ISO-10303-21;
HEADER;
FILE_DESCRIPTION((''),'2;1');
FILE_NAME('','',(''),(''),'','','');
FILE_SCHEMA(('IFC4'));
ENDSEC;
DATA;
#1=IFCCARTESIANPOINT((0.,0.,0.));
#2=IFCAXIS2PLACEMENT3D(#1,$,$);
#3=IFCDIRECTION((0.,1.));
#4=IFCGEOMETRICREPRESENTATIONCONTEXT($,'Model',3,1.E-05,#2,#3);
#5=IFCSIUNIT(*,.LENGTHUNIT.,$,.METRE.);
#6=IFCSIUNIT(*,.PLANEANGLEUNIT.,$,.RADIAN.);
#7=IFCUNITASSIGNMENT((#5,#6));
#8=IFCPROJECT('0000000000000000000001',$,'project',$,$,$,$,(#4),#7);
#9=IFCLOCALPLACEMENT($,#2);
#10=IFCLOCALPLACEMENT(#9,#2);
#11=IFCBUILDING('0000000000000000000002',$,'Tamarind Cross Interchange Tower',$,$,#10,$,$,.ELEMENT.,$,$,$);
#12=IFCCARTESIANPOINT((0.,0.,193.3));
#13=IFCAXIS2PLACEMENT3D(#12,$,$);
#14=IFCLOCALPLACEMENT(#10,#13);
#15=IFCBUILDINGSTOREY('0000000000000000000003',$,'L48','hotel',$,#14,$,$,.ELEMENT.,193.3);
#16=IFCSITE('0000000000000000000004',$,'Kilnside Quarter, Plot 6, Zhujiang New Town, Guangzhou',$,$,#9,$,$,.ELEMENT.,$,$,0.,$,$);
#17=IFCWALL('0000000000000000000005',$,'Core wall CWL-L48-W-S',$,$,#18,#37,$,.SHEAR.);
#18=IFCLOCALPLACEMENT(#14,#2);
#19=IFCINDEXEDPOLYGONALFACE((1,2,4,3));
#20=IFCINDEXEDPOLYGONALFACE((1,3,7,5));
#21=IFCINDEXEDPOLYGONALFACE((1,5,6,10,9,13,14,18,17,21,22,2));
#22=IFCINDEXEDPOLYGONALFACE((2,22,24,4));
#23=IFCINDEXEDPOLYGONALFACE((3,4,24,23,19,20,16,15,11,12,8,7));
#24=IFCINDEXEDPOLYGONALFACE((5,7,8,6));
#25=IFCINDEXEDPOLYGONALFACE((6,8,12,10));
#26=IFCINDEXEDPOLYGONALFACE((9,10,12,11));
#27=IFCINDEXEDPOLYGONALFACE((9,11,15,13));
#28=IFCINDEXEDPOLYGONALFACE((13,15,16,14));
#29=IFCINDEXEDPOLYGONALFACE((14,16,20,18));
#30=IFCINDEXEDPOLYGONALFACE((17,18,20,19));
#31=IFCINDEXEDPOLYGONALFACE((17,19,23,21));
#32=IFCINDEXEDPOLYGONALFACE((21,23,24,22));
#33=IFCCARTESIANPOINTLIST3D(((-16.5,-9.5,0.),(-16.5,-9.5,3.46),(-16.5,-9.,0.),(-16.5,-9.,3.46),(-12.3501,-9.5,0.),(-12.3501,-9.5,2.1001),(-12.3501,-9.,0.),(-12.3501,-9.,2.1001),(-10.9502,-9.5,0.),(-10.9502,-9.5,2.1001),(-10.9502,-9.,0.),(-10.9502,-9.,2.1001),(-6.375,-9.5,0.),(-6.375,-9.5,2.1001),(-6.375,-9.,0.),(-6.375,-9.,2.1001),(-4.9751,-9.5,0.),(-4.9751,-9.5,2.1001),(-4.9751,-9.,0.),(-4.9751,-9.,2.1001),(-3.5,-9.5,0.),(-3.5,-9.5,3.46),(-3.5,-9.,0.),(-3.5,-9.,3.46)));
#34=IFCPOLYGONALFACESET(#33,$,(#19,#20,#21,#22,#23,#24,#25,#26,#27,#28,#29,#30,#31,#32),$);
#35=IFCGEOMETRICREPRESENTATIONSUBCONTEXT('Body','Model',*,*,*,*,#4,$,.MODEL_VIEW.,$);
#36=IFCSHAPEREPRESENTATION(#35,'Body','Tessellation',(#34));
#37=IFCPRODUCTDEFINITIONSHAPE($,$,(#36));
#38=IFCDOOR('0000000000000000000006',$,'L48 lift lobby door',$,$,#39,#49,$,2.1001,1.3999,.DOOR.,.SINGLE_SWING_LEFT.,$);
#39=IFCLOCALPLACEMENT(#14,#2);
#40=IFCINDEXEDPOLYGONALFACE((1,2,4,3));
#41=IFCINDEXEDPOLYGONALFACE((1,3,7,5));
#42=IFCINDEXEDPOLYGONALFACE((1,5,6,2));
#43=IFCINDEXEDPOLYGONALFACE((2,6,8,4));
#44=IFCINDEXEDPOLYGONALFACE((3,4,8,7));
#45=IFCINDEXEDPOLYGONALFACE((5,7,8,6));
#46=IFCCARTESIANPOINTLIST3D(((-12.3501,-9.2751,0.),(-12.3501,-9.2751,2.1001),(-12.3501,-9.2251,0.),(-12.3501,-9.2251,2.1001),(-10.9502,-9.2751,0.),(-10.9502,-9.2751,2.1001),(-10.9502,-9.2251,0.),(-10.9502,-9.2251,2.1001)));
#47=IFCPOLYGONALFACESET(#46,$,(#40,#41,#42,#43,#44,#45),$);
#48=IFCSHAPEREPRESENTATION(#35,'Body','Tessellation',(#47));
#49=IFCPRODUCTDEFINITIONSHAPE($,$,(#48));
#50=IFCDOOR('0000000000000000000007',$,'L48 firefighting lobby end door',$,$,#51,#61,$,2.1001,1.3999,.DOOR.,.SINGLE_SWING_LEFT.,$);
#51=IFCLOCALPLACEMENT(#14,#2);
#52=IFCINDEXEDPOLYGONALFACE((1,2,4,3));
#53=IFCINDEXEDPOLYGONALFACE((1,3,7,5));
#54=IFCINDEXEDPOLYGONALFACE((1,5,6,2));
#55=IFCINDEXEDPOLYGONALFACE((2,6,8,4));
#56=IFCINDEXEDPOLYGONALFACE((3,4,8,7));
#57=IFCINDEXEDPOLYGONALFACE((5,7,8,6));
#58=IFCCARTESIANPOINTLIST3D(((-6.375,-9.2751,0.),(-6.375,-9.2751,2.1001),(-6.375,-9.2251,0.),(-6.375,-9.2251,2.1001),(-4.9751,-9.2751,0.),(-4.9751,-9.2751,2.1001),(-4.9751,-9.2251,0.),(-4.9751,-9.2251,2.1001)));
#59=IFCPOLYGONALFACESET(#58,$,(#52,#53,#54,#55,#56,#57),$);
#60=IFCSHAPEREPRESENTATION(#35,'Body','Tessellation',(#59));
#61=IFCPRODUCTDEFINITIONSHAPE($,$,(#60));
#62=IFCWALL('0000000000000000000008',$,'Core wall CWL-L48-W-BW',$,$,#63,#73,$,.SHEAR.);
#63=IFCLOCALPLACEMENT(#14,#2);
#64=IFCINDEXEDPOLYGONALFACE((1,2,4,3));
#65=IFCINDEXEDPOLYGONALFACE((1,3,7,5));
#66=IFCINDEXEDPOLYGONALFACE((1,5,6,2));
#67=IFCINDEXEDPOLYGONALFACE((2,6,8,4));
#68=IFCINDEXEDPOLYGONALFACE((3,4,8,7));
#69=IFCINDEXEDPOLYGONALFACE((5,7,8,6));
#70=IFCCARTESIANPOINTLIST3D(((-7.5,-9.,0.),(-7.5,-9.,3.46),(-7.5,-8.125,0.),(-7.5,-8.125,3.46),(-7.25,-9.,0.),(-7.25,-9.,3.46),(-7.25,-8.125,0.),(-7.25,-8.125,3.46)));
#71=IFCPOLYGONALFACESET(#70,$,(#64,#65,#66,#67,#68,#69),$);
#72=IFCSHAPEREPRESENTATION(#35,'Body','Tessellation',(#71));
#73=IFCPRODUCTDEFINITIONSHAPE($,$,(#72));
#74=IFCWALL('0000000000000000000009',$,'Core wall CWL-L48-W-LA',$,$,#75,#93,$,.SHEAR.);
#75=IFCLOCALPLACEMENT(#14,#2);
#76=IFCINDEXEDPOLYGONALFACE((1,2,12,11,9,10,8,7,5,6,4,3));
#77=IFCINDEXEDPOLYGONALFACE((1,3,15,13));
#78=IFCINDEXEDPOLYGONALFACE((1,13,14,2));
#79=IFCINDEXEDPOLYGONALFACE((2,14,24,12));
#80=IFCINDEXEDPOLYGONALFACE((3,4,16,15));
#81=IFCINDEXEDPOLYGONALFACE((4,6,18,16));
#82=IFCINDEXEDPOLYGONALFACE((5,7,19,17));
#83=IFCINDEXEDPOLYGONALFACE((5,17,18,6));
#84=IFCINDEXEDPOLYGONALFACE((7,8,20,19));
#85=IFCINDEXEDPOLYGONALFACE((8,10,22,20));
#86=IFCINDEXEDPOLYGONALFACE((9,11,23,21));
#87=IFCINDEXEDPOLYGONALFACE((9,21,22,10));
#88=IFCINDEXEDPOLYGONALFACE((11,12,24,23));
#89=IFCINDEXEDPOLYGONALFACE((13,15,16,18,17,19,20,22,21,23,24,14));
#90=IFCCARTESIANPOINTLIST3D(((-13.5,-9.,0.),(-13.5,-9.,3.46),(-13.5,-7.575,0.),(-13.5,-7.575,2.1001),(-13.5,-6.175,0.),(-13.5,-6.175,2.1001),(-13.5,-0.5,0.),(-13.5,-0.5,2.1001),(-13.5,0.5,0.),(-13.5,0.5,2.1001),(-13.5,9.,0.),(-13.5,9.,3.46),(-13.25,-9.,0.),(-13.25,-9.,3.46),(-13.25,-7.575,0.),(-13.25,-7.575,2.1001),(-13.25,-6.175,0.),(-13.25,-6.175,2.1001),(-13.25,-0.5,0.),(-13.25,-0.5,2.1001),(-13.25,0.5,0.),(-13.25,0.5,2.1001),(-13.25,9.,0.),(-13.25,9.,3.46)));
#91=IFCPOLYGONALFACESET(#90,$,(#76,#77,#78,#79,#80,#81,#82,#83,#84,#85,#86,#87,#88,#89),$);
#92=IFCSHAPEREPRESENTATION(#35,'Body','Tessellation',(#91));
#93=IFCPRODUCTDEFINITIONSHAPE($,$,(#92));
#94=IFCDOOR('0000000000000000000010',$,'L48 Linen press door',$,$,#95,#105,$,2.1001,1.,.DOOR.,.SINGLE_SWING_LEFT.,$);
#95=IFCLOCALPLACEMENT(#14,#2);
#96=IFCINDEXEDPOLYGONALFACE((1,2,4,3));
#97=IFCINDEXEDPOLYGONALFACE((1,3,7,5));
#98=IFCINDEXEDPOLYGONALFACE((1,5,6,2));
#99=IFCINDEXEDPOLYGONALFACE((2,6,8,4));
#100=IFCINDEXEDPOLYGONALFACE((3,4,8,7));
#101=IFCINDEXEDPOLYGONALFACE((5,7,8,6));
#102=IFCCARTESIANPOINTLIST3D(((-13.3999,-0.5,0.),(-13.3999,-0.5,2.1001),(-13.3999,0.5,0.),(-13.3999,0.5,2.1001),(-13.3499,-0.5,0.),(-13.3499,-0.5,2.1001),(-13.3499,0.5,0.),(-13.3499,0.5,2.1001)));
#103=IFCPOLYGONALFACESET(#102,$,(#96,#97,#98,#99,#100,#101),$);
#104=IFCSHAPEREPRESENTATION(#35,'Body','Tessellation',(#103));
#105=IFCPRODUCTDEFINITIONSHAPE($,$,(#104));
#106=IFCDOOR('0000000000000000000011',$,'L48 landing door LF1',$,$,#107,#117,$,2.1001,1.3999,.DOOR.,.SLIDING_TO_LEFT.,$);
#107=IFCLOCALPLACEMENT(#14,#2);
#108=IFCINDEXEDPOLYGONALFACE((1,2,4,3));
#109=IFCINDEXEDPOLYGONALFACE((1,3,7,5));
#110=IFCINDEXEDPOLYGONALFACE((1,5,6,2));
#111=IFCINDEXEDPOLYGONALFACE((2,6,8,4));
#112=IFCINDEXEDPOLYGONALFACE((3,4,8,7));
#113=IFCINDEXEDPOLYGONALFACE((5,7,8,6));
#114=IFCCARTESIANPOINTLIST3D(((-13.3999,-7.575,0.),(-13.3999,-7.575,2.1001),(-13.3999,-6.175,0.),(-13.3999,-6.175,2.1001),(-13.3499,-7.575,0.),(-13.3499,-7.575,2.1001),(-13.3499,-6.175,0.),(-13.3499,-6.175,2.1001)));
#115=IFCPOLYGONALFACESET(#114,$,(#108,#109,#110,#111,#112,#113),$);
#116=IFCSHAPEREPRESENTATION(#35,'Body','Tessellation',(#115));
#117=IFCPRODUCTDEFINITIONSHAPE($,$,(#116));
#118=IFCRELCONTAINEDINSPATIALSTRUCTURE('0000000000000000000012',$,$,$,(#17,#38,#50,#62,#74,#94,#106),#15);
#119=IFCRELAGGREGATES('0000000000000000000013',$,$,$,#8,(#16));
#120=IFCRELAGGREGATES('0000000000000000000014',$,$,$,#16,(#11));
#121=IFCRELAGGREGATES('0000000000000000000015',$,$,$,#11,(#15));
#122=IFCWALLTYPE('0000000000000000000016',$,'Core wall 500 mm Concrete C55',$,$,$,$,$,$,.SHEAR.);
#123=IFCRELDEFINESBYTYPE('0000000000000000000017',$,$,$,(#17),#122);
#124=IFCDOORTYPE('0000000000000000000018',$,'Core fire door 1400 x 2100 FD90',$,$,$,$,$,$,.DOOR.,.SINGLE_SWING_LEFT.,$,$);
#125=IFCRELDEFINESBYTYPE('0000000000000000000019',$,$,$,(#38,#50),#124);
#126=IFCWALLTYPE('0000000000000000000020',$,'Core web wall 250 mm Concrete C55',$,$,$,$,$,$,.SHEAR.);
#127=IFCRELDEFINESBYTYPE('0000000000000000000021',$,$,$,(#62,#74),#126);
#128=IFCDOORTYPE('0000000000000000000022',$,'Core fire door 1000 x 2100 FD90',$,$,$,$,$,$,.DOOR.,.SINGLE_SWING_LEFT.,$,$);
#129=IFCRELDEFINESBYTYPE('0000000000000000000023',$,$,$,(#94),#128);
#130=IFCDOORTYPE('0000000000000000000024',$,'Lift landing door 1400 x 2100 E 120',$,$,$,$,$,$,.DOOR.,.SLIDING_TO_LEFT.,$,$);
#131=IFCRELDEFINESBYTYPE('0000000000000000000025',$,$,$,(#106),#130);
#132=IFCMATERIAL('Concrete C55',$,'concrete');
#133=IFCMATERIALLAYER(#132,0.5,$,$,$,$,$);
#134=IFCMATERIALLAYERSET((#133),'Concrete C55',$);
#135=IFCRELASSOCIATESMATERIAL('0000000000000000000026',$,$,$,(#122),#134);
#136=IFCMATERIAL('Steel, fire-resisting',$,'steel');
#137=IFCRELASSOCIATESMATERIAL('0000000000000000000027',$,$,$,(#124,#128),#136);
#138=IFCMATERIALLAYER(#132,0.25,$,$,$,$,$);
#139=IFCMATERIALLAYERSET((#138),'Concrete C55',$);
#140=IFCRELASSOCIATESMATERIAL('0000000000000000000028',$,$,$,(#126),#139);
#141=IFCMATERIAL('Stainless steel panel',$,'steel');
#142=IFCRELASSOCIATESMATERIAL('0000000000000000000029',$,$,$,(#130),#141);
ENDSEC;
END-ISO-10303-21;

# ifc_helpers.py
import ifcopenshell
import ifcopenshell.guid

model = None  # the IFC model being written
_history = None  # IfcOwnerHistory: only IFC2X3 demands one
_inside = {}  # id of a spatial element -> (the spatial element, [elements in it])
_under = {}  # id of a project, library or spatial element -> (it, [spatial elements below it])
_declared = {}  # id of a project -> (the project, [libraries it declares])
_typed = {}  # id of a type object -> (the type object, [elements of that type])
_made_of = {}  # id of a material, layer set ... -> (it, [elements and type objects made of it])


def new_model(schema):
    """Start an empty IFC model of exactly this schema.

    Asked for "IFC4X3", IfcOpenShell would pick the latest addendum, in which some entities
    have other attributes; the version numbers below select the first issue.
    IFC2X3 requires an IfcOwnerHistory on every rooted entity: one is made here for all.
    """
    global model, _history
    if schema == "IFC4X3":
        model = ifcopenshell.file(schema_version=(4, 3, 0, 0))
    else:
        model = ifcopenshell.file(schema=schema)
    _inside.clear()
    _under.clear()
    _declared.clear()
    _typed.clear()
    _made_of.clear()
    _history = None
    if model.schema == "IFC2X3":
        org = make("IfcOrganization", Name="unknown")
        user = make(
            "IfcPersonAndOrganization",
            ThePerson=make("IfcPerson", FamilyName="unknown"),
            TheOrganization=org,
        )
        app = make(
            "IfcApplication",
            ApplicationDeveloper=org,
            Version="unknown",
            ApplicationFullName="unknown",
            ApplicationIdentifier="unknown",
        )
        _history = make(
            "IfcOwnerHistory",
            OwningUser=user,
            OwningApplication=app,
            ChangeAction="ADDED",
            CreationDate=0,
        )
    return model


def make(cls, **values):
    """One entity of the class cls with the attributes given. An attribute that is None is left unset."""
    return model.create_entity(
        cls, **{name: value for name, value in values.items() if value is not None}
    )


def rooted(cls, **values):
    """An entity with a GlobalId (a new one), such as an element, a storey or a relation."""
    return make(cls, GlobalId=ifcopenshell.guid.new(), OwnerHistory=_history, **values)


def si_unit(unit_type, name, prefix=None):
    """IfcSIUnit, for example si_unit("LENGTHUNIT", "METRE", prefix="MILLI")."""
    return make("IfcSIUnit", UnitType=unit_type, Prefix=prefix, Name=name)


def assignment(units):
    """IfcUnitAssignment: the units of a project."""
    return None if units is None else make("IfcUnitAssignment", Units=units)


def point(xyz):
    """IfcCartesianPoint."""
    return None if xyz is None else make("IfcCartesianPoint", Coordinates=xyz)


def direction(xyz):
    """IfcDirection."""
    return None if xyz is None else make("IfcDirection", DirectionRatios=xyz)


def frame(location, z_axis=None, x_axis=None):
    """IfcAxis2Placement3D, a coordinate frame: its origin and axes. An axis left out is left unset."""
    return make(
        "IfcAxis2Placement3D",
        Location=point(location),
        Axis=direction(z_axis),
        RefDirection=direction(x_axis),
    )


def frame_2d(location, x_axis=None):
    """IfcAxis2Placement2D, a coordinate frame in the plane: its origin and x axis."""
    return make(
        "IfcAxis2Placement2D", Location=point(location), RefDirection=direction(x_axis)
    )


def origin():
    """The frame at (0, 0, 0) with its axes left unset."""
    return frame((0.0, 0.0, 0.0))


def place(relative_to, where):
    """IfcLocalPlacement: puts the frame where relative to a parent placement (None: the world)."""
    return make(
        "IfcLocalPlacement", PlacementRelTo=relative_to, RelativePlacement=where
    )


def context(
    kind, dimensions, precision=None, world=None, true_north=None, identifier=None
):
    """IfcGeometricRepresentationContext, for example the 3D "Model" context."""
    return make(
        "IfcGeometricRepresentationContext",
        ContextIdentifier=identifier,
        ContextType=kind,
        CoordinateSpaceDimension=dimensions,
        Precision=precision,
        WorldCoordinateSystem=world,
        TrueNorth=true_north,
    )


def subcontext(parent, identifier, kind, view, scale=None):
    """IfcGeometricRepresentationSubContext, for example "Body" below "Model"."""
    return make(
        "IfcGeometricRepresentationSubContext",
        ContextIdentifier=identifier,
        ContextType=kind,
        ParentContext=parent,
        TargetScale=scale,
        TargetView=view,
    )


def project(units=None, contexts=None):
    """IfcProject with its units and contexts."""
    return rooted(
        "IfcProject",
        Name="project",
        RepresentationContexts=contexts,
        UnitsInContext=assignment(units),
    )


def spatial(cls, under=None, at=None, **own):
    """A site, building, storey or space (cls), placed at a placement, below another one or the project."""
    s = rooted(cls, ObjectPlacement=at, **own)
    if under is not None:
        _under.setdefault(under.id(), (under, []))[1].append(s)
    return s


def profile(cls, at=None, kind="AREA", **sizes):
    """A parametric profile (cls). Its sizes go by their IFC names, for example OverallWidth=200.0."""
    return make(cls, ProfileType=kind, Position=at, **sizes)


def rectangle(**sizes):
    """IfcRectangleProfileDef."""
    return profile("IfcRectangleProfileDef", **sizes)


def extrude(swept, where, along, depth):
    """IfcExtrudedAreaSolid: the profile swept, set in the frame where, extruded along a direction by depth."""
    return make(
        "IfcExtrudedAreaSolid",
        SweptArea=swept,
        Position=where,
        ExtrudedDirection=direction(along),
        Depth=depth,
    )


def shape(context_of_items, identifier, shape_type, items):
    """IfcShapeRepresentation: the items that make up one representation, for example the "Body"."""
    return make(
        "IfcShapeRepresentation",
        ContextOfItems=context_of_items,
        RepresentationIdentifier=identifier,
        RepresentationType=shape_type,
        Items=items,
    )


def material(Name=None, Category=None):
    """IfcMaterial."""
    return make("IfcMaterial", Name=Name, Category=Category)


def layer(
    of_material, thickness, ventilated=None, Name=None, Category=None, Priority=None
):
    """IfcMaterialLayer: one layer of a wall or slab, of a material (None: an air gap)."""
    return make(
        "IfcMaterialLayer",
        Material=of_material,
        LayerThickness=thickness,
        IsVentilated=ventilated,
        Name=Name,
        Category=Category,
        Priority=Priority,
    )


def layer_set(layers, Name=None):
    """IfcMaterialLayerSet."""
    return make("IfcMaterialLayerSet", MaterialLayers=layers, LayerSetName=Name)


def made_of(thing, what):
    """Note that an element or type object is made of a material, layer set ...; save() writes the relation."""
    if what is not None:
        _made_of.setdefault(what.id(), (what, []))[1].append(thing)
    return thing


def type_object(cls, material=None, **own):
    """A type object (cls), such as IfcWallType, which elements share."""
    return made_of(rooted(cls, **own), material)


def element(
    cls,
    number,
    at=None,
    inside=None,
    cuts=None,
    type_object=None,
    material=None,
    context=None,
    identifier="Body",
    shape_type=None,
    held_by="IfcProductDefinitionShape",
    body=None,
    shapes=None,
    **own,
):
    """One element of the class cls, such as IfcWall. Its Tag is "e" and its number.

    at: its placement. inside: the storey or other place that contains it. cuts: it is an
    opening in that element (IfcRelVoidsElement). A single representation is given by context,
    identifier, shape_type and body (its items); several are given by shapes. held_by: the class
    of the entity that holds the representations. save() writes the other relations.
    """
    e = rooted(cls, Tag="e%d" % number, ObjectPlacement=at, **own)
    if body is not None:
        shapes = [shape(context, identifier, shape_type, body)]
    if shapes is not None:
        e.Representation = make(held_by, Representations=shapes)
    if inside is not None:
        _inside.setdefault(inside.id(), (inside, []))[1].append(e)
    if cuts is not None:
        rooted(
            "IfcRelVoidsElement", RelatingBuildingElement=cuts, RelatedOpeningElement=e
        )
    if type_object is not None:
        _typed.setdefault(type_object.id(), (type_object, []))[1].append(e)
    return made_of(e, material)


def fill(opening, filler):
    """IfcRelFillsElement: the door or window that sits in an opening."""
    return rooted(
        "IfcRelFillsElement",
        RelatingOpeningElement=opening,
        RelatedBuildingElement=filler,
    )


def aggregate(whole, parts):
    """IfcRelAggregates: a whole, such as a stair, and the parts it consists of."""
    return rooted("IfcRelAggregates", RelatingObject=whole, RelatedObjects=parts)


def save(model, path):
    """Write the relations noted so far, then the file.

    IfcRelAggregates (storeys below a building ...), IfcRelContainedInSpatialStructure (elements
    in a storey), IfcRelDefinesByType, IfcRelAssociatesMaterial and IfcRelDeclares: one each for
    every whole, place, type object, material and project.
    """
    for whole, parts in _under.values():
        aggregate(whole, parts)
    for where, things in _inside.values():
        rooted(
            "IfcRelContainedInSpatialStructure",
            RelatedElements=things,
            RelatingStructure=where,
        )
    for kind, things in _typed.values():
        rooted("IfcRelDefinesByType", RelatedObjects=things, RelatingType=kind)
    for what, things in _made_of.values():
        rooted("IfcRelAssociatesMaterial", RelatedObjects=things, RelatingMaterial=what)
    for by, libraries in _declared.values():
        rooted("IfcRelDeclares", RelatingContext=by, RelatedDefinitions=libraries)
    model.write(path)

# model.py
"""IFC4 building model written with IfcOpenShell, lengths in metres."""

from ifc_helpers import new_model, si_unit, direction, frame, frame_2d, origin, place, context, subcontext, project, spatial, rectangle, extrude, material, layer, layer_set, type_object, element, fill, save


model = new_model("IFC4")

# Units and contexts
model_context = context("Model", 3, precision=1e-05, world=origin(), true_north=direction((0.0, 1.0)))
body_context = subcontext(model_context, "Body", "Model", "MODEL_VIEW")
ifc_project = project(units=[si_unit("LENGTHUNIT", "METRE"), si_unit("PLANEANGLEUNIT", "RADIAN")], contexts=[model_context])

# Site, building, storey
site_placement = place(None, origin())
site = spatial("IfcSite", under=ifc_project, at=site_placement, Name="Kilnside Quarter, Plot 6, Zhujiang New Town, Guangzhou", CompositionType="ELEMENT", RefElevation=0.0)
building_placement = place(site_placement, origin())
building = spatial("IfcBuilding", under=site, at=building_placement, Name="Tamarind Cross Interchange Tower", CompositionType="ELEMENT")
storey_placement = place(building_placement, frame((0.0, 0.0, 193.3)))
storey = spatial("IfcBuildingStorey", under=building, at=storey_placement, Name="L48", Description="hotel", CompositionType="ELEMENT", Elevation=193.3)

# Shared definitions
ifc_material_1 = material(Name="Concrete C55", Category="concrete")

# Wall, openings, doors
ifc_layer_1 = layer(ifc_material_1, 0.5)
ifc_layer_set_1 = layer_set([ifc_layer_1], Name="Concrete C55")
wall_type_1 = type_object("IfcWallType", Name="Core wall 500 mm Concrete C55", PredefinedType="SHEAR", material=ifc_layer_set_1)
wall_1_placement = place(storey_placement, frame((-16.5, -9.25, 0.0), z_axis=(0.0, 0.0, 1.0), x_axis=(1.0, 0.0, 0.0)))
wall_1 = element("IfcWall", 1, at=wall_1_placement, inside=storey, type_object=wall_type_1, Name="Core wall CWL-L48-W-S", PredefinedType="SHEAR", context=body_context, shape_type="SweptSolid", body=[
    extrude(rectangle(XDim=13.0, YDim=0.5, at=frame_2d((6.5, 0.0))), origin(), (0.0, 0.0, 1.0), 3.46),
])
opening_1_placement = place(wall_1_placement, frame((4.1499, 0.0, 0.0)))
opening_1 = element("IfcOpeningElement", 2, at=opening_1_placement, cuts=wall_1, PredefinedType="OPENING", context=body_context, shape_type="SweptSolid", body=[
    extrude(rectangle(XDim=1.3999, YDim=2.1001, at=frame_2d((0.7, 1.05))), frame((0.0, 0.26, 0.0), z_axis=(0.0, -1.0, 0.0), x_axis=(1.0, 0.0, 0.0)), (0.0, 0.0, 1.0), 0.52),
])
opening_2_placement = place(wall_1_placement, frame((10.125, 0.0, 0.0)))
opening_2 = element("IfcOpeningElement", 3, at=opening_2_placement, cuts=wall_1, PredefinedType="OPENING", context=body_context, shape_type="SweptSolid", body=[
    extrude(rectangle(XDim=1.3999, YDim=2.1001, at=frame_2d((0.7, 1.05))), frame((0.0, 0.26, 0.0), z_axis=(0.0, -1.0, 0.0), x_axis=(1.0, 0.0, 0.0)), (0.0, 0.0, 1.0), 0.52),
])
ifc_material_2 = material(Name="Steel, fire-resisting", Category="steel")
door_type_1 = type_object("IfcDoorType", Name="Core fire door 1400 x 2100 FD90", OperationType="SINGLE_SWING_LEFT", PredefinedType="DOOR", material=ifc_material_2)
door_1_placement = place(opening_1_placement, origin())
door_1 = element("IfcDoor", 4, at=door_1_placement, inside=storey, type_object=door_type_1, Name="L48 lift lobby door", OperationType="SINGLE_SWING_LEFT", OverallHeight=2.1001, OverallWidth=1.3999, PredefinedType="DOOR", context=body_context, shape_type="SweptSolid", body=[
    extrude(rectangle(XDim=1.3999, YDim=2.1001, at=frame_2d((0.7, 1.05))), frame((0.0, 0.0249, 0.0), z_axis=(0.0, -1.0, 0.0), x_axis=(1.0, 0.0, 0.0)), (0.0, 0.0, 1.0), 0.05),
])
fill(opening_1, door_1)
door_2_placement = place(opening_2_placement, origin())
door_2 = element("IfcDoor", 5, at=door_2_placement, inside=storey, type_object=door_type_1, Name="L48 firefighting lobby end door", OperationType="SINGLE_SWING_LEFT", OverallHeight=2.1001, OverallWidth=1.3999, PredefinedType="DOOR", context=body_context, shape_type="SweptSolid", body=[
    extrude(rectangle(XDim=1.3999, YDim=2.1001, at=frame_2d((0.7, 1.05))), frame((0.0, 0.0249, 0.0), z_axis=(0.0, -1.0, 0.0), x_axis=(1.0, 0.0, 0.0)), (0.0, 0.0, 1.0), 0.05),
])
fill(opening_2, door_2)

# Wall
ifc_layer_2 = layer(ifc_material_1, 0.25)
ifc_layer_set_2 = layer_set([ifc_layer_2], Name="Concrete C55")
wall_type_2 = type_object("IfcWallType", Name="Core web wall 250 mm Concrete C55", PredefinedType="SHEAR", material=ifc_layer_set_2)
wall_2_placement = place(storey_placement, frame((-7.375, -9.0, 0.0), z_axis=(0.0, 0.0, 1.0), x_axis=(0.0, 1.0, 0.0)))
element("IfcWall", 6, at=wall_2_placement, inside=storey, type_object=wall_type_2, Name="Core wall CWL-L48-W-BW", PredefinedType="SHEAR", context=body_context, shape_type="SweptSolid", body=[
    extrude(rectangle(XDim=0.875, YDim=0.25, at=frame_2d((0.4375, 0.0))), origin(), (0.0, 0.0, 1.0), 3.46),
])

# Wall, openings, doors
wall_3_placement = place(storey_placement, frame((-13.375, -9.0, 0.0), z_axis=(0.0, 0.0, 1.0), x_axis=(0.0, 1.0, 0.0)))
wall_3 = element("IfcWall", 7, at=wall_3_placement, inside=storey, type_object=wall_type_2, Name="Core wall CWL-L48-W-LA", PredefinedType="SHEAR", context=body_context, shape_type="SweptSolid", body=[
    extrude(rectangle(XDim=18.0, YDim=0.25, at=frame_2d((9.0, 0.0))), origin(), (0.0, 0.0, 1.0), 3.46),
])
opening_3_placement = place(wall_3_placement, frame((1.425, 0.0, 0.0)))
opening_3 = element("IfcOpeningElement", 8, at=opening_3_placement, cuts=wall_3, PredefinedType="OPENING", context=body_context, shape_type="SweptSolid", body=[
    extrude(rectangle(XDim=1.3999, YDim=2.1001, at=frame_2d((0.7, 1.05))), frame((0.0, 0.135, 0.0), z_axis=(0.0, -1.0, 0.0), x_axis=(1.0, 0.0, 0.0)), (0.0, 0.0, 1.0), 0.27),
])
opening_4_placement = place(wall_3_placement, frame((8.5, 0.0, 0.0)))
opening_4 = element("IfcOpeningElement", 9, at=opening_4_placement, cuts=wall_3, PredefinedType="OPENING", context=body_context, shape_type="SweptSolid", body=[
    extrude(rectangle(XDim=1.0, YDim=2.1001, at=frame_2d((0.5, 1.05))), frame((0.0, 0.135, 0.0), z_axis=(0.0, -1.0, 0.0), x_axis=(1.0, 0.0, 0.0)), (0.0, 0.0, 1.0), 0.27),
])
door_type_2 = type_object("IfcDoorType", Name="Core fire door 1000 x 2100 FD90", OperationType="SINGLE_SWING_LEFT", PredefinedType="DOOR", material=ifc_material_2)
door_3_placement = place(opening_4_placement, origin())
door_3 = element("IfcDoor", 10, at=door_3_placement, inside=storey, type_object=door_type_2, Name="L48 Linen press door", OperationType="SINGLE_SWING_LEFT", OverallHeight=2.1001, OverallWidth=1.0, PredefinedType="DOOR", context=body_context, shape_type="SweptSolid", body=[
    extrude(rectangle(XDim=1.0, YDim=2.1001, at=frame_2d((0.5, 1.05))), frame((0.0, 0.0249, 0.0), z_axis=(0.0, -1.0, 0.0), x_axis=(1.0, 0.0, 0.0)), (0.0, 0.0, 1.0), 0.05),
])
fill(opening_4, door_3)
ifc_material_3 = material(Name="Stainless steel panel", Category="steel")
door_type_3 = type_object("IfcDoorType", Name="Lift landing door 1400 x 2100 E 120", OperationType="SLIDING_TO_LEFT", PredefinedType="DOOR", material=ifc_material_3)
door_4_placement = place(opening_3_placement, origin())
door_4 = element("IfcDoor", 11, at=door_4_placement, inside=storey, type_object=door_type_3, Name="L48 landing door LF1", OperationType="SLIDING_TO_LEFT", OverallHeight=2.1001, OverallWidth=1.3999, PredefinedType="DOOR", context=body_context, shape_type="SweptSolid", body=[
    extrude(rectangle(XDim=1.3999, YDim=2.1001, at=frame_2d((0.7, 1.05))), frame((0.0, 0.0249, 0.0), z_axis=(0.0, -1.0, 0.0), x_axis=(1.0, 0.0, 0.0)), (0.0, 0.0, 1.0), 0.05),
])
fill(opening_3, door_4)

save(model, "model.ifc")
